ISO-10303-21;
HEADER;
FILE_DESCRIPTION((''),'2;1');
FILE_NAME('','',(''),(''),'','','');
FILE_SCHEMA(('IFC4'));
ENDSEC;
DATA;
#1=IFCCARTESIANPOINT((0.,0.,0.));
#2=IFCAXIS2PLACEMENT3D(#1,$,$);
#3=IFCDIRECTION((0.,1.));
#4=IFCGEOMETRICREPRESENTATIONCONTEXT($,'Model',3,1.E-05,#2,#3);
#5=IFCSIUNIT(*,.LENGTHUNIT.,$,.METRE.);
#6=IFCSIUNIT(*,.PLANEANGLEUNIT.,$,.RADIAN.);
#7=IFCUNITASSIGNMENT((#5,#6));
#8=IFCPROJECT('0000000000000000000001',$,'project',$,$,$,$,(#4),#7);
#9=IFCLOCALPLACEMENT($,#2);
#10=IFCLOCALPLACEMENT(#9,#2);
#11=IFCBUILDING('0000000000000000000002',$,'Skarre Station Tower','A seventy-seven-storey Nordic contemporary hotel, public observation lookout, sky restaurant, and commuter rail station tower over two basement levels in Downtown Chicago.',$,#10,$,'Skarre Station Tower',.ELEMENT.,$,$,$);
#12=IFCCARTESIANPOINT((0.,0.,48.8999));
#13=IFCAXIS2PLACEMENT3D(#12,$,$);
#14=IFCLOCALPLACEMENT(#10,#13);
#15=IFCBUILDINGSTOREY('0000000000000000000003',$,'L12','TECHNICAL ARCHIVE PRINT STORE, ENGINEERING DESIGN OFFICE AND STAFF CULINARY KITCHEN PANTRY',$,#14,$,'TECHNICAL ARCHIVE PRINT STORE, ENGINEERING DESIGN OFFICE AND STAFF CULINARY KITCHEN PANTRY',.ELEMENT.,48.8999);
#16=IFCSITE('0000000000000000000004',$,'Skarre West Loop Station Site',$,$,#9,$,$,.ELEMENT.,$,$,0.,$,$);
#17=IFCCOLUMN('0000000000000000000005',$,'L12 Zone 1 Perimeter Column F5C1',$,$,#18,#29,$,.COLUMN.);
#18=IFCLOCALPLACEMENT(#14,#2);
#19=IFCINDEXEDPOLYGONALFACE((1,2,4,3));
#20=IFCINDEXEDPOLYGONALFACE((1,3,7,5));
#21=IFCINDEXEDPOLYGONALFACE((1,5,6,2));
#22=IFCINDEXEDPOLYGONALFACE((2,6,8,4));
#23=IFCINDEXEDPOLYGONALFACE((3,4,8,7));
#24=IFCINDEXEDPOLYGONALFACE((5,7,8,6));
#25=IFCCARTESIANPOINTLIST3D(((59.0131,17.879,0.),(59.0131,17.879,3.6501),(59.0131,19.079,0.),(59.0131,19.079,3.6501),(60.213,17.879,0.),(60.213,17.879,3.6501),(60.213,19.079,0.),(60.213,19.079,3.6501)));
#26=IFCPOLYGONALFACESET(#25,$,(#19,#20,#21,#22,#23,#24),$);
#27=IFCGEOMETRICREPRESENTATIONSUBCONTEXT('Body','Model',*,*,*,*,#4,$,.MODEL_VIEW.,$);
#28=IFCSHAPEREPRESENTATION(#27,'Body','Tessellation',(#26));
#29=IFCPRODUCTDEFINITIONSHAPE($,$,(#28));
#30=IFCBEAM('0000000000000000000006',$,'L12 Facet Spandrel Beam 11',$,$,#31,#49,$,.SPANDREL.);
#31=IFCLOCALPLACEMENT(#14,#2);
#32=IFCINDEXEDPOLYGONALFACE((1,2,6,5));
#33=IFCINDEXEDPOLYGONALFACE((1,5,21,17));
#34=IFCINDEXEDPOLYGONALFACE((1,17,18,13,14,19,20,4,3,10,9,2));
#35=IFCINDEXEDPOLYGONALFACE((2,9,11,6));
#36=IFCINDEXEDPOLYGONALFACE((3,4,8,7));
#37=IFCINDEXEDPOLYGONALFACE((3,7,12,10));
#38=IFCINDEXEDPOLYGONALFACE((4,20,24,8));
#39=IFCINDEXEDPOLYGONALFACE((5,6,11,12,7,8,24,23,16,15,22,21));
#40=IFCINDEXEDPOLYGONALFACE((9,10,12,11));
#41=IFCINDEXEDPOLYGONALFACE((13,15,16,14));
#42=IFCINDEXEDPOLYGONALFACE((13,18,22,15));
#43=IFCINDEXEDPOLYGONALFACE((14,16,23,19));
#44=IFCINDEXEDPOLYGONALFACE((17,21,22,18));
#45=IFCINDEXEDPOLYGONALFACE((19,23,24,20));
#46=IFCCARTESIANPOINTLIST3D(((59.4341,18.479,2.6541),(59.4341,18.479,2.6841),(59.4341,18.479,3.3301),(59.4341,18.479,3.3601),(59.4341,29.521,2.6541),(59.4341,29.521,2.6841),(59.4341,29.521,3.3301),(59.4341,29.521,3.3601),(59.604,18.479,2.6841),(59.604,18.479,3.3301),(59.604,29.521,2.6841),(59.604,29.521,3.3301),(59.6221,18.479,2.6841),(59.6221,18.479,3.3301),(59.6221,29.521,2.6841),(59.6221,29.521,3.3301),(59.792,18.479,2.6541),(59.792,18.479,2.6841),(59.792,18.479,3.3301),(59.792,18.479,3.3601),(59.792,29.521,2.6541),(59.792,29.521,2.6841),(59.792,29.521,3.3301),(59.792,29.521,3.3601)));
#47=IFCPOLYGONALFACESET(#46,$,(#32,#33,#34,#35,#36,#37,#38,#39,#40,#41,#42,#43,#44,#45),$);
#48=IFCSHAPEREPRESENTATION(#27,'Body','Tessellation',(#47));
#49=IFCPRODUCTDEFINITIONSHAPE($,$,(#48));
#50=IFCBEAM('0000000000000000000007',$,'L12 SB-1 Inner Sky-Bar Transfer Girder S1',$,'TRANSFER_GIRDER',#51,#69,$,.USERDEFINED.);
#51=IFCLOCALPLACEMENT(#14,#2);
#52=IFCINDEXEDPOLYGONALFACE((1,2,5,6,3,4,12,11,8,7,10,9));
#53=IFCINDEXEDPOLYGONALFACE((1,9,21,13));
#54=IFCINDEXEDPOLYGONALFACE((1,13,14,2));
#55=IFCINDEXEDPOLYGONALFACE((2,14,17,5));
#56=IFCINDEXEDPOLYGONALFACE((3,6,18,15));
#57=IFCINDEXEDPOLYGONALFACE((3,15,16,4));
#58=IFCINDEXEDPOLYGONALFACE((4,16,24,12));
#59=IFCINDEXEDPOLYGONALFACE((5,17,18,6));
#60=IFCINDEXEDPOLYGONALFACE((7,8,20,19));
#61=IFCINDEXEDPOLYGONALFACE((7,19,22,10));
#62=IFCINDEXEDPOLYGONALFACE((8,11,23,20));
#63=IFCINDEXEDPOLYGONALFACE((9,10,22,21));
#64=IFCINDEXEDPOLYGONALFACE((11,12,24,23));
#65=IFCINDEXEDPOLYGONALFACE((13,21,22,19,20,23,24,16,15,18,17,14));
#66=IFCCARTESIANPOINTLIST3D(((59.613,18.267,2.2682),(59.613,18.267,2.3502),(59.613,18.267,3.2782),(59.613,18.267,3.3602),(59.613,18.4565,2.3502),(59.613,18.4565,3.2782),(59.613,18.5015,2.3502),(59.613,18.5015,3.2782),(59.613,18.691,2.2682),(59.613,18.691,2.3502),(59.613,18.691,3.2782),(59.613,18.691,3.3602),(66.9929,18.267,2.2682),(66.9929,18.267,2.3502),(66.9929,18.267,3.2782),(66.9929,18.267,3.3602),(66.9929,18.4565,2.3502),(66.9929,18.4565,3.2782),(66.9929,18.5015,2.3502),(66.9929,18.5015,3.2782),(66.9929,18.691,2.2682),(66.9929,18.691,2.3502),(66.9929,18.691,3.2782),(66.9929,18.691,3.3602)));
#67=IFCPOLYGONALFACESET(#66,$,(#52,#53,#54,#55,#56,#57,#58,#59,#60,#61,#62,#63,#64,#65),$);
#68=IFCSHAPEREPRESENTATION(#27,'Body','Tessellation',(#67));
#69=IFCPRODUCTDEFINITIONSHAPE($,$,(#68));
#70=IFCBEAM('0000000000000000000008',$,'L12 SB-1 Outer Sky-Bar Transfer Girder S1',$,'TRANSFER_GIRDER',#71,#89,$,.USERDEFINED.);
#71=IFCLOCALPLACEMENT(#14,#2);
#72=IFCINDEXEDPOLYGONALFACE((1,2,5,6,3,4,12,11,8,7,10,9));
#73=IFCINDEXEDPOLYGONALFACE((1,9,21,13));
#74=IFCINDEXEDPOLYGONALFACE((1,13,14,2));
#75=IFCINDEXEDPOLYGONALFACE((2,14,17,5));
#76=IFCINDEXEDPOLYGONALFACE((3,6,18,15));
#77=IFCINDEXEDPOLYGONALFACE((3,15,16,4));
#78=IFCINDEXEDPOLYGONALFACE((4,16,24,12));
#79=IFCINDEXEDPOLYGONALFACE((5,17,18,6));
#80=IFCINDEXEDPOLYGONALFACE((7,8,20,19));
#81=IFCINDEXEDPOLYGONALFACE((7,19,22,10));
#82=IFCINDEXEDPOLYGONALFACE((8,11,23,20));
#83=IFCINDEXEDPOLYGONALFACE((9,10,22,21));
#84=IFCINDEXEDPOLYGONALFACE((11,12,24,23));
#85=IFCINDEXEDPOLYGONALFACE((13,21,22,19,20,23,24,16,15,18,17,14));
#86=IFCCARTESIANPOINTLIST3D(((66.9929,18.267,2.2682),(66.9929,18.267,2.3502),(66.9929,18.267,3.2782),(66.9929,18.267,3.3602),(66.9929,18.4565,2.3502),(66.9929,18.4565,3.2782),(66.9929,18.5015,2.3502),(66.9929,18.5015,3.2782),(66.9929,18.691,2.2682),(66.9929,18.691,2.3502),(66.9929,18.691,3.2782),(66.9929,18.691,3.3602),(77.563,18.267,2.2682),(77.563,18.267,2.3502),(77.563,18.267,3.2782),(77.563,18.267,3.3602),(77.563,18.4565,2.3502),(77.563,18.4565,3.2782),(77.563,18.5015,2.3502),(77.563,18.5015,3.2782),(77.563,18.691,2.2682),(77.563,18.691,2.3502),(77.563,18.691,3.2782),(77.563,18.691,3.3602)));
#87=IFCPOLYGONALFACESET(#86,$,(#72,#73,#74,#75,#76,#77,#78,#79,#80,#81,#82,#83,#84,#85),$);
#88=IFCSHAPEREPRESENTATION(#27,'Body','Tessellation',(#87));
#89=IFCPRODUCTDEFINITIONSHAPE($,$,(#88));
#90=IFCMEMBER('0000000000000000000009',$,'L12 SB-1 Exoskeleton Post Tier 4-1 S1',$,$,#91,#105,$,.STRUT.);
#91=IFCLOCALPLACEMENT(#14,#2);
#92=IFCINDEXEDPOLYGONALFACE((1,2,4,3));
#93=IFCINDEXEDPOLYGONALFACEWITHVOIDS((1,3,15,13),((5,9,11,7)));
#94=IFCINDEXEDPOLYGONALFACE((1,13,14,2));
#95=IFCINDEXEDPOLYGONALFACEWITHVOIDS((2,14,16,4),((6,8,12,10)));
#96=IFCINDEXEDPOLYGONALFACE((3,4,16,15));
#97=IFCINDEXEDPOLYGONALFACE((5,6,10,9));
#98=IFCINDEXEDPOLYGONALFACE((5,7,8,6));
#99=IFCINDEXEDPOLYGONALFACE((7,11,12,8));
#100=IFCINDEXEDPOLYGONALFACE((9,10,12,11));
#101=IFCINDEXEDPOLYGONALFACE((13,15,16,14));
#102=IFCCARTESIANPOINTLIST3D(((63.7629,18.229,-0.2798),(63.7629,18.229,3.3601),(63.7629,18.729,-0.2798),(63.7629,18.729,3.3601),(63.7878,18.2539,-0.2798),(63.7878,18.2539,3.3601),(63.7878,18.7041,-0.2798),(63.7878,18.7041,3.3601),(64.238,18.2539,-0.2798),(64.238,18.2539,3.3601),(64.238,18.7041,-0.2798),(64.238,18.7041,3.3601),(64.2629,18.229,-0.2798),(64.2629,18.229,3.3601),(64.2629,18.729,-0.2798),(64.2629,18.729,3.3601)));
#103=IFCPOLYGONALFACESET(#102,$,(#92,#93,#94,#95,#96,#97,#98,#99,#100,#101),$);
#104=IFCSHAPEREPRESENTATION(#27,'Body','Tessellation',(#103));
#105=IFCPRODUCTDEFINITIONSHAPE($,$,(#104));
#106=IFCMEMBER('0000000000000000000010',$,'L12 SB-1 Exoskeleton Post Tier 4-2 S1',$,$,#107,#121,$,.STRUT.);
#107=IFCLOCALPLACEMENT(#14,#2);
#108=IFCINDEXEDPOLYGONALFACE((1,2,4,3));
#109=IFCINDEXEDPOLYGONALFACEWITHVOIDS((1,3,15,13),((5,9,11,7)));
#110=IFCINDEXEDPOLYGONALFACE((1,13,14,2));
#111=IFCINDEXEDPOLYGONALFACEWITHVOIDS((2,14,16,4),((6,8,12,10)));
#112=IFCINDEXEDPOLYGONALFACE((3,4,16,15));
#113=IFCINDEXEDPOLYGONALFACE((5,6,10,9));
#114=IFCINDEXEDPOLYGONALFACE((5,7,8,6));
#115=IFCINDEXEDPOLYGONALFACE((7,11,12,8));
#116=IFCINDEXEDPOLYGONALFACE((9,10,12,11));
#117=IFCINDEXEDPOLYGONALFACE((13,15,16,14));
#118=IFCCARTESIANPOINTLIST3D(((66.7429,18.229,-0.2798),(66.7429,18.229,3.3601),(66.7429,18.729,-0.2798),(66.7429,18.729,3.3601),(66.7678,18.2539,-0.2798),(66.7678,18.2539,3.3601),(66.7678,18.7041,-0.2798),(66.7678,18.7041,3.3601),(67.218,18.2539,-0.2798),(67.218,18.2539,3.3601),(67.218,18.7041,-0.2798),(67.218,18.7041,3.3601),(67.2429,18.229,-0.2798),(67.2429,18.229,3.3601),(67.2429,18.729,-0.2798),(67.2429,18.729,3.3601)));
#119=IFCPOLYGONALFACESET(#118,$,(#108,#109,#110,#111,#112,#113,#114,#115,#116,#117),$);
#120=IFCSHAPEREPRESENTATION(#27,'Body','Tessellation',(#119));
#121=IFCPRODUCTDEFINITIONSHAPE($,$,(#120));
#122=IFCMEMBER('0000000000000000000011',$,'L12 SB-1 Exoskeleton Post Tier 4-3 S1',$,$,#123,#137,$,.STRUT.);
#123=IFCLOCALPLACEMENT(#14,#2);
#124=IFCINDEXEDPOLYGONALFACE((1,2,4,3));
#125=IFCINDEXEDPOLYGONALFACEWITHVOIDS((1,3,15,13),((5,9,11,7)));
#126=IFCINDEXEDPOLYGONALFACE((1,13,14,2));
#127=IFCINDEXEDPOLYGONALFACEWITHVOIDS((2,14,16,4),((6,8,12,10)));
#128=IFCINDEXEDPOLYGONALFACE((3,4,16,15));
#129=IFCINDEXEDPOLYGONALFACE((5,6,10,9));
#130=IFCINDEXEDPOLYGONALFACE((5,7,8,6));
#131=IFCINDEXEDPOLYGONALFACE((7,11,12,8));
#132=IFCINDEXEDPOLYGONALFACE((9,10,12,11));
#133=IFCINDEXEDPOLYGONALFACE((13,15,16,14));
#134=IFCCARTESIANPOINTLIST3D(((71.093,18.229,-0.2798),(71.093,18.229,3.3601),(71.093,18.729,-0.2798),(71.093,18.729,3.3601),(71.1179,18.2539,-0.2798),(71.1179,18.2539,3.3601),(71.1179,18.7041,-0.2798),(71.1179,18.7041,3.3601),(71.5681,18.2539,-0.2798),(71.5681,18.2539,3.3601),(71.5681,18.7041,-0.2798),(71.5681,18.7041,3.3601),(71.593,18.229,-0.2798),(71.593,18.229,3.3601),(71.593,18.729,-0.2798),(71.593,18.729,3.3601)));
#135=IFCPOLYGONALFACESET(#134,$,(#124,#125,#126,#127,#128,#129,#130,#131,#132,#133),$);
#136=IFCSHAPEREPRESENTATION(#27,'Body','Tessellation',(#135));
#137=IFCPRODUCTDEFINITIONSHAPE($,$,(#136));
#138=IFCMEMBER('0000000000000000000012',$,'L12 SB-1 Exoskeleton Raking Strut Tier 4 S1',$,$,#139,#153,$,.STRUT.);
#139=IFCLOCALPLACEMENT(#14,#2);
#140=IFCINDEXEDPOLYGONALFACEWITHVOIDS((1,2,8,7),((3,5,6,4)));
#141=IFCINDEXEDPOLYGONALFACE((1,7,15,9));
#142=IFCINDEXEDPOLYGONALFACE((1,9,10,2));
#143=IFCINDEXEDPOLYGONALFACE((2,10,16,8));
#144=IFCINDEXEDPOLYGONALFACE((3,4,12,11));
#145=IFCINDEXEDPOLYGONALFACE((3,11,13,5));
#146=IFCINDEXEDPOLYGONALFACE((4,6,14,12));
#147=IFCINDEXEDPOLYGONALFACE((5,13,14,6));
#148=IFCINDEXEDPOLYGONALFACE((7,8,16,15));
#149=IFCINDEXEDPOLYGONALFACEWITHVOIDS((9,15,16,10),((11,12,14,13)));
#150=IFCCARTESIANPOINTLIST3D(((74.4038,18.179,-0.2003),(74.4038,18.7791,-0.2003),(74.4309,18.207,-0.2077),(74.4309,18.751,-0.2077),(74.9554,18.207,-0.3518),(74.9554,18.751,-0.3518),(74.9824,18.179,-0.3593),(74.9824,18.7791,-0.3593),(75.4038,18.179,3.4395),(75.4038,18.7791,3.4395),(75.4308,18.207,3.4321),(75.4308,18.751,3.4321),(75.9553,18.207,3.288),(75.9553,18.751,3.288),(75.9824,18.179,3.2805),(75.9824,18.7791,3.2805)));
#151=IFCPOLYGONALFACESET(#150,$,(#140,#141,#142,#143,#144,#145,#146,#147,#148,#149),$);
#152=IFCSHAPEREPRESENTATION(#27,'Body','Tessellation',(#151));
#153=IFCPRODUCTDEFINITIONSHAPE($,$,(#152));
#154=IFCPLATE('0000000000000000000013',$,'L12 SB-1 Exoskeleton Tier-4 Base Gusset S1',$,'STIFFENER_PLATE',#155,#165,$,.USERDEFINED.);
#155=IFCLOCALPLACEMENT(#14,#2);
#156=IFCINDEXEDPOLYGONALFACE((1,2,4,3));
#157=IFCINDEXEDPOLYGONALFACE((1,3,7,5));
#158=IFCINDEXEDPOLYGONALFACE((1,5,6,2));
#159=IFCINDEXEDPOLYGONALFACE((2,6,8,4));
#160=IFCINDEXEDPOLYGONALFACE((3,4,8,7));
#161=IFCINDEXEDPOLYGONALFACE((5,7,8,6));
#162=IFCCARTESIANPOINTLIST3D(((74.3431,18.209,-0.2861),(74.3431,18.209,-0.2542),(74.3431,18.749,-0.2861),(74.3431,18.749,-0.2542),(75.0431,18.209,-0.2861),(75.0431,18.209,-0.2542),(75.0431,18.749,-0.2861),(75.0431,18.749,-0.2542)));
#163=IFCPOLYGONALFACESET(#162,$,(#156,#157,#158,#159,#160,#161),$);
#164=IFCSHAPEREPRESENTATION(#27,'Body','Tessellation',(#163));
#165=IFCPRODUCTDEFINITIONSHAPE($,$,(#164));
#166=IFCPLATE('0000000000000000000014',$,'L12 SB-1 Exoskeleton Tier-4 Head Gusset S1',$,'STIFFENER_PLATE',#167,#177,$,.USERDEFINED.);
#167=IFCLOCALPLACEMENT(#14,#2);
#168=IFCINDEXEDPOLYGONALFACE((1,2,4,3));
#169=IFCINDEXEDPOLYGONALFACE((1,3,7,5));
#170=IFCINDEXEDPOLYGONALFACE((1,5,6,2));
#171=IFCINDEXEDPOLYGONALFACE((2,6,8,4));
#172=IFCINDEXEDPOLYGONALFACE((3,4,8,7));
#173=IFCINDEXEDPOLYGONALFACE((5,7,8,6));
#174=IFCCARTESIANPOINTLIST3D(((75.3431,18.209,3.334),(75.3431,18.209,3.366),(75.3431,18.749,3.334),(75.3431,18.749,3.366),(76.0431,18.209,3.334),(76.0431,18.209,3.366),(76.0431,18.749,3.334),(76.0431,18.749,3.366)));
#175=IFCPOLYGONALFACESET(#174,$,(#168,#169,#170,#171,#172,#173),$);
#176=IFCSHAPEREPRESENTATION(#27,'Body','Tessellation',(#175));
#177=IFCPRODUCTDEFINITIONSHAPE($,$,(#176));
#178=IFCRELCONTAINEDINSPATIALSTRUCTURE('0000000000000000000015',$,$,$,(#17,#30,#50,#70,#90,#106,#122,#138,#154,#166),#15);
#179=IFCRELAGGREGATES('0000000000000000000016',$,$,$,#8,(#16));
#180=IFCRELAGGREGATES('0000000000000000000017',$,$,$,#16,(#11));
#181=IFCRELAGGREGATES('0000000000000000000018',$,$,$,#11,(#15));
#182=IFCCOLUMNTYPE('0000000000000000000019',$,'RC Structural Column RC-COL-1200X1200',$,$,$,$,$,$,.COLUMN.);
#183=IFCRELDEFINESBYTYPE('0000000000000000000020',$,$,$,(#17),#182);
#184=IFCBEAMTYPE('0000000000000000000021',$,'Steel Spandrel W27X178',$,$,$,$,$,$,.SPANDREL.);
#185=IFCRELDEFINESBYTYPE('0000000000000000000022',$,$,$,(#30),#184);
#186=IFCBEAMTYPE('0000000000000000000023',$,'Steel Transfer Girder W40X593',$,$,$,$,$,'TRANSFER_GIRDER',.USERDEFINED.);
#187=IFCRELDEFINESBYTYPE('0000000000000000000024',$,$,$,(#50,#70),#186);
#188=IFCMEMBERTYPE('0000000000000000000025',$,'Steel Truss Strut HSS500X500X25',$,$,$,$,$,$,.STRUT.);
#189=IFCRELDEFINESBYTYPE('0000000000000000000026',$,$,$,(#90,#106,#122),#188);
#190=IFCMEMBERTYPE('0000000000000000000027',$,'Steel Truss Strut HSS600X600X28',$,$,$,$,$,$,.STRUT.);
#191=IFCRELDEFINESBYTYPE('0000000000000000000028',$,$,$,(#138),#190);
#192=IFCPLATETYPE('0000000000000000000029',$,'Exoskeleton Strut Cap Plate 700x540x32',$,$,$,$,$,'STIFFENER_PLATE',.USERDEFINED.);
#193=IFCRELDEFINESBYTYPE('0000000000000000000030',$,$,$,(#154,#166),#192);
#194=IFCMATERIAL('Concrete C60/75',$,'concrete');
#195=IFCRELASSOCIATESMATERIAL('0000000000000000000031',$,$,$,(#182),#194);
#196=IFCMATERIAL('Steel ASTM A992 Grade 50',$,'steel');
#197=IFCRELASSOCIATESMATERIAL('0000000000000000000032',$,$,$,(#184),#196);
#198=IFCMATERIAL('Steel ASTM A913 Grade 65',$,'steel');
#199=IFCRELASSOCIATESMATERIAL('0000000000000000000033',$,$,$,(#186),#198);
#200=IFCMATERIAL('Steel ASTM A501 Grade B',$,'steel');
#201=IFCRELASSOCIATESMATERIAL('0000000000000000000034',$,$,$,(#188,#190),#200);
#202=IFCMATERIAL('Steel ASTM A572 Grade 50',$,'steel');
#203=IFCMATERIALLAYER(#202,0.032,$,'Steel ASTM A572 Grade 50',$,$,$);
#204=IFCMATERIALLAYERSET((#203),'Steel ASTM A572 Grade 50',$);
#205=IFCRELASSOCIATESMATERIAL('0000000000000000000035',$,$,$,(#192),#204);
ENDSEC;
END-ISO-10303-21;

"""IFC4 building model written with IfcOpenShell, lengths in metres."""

from ifc_helpers import new_model, si_unit, direction, frame, origin, origin_2d, place, context, subcontext, project, spatial, rectangle, hollow_rectangle, i_section, extrude, material, layer, layer_set, material_profile, profile_set, type_object, element, save


model = new_model("IFC4")

# Units and contexts
model_context = context("Model", 3, precision=1e-05, world=origin(), true_north=direction((0.0, 1.0)))
body_context = subcontext(model_context, "Body", "Model", "MODEL_VIEW")
ifc_project = project(units=[si_unit("LENGTHUNIT", "METRE"), si_unit("PLANEANGLEUNIT", "RADIAN")], contexts=[model_context])

# Site, building, storey
site_placement = place(None, origin())
site = spatial("IfcSite", under=ifc_project, at=site_placement, Name="Skarre West Loop Station Site", CompositionType="ELEMENT", RefElevation=0.0)
building_placement = place(site_placement, origin())
building = spatial("IfcBuilding", under=site, at=building_placement, Name="Skarre Station Tower", Description="A seventy-seven-storey Nordic contemporary hotel, public observation lookout, sky restaurant, and commuter rail station tower over two basement levels in Downtown Chicago.", LongName="Skarre Station Tower", CompositionType="ELEMENT")
storey_placement = place(building_placement, frame((0.0, 0.0, 48.8999)))
storey = spatial("IfcBuildingStorey", under=building, at=storey_placement, Name="L12", Description="TECHNICAL ARCHIVE PRINT STORE, ENGINEERING DESIGN OFFICE AND STAFF CULINARY KITCHEN PANTRY", LongName="TECHNICAL ARCHIVE PRINT STORE, ENGINEERING DESIGN OFFICE AND STAFF CULINARY KITCHEN PANTRY", CompositionType="ELEMENT", Elevation=48.8999)

# Column
ifc_material_1 = material(Name="Concrete C60/75", Category="concrete")
ifc_material_profile_1 = material_profile(ifc_material_1, rectangle(XDim=1.2, YDim=1.2, at=origin_2d()), Name="Concrete C60/75")
ifc_profile_set_1 = profile_set([ifc_material_profile_1], Name="Concrete C60/75")
column_type = type_object("IfcColumnType", Name="RC Structural Column RC-COL-1200X1200", PredefinedType="COLUMN", material=ifc_profile_set_1)
column_placement = place(storey_placement, frame((59.613, 18.479, 0.0), z_axis=(0.0, 0.0, 1.0), x_axis=(1.0, 0.0, 0.0)))
element("IfcColumn", 1, at=column_placement, inside=storey, type_object=column_type, Name="L12 Zone 1 Perimeter Column F5C1", PredefinedType="COLUMN", context=body_context, shape_type="SweptSolid", body=[
    extrude(rectangle(XDim=1.2, YDim=1.2, at=origin_2d()), origin(), (0.0, 0.0, 1.0), 3.6501),
])

# Beams
ifc_material_2 = material(Name="Steel ASTM A992 Grade 50", Category="steel")
ifc_material_profile_2 = material_profile(ifc_material_2, i_section(OverallWidth=0.3579, OverallDepth=0.7061, WebThickness=0.0181, FlangeThickness=0.03, at=origin_2d()), Name="Steel ASTM A992 Grade 50")
ifc_profile_set_2 = profile_set([ifc_material_profile_2], Name="Steel ASTM A992 Grade 50")
beam_type_1 = type_object("IfcBeamType", Name="Steel Spandrel W27X178", PredefinedType="SPANDREL", material=ifc_profile_set_2)
beam_1_placement = place(storey_placement, frame((59.613, 18.479, 3.0071), z_axis=(0.0, 1.0, 0.0), x_axis=(-1.0, 0.0, 0.0)))
element("IfcBeam", 2, at=beam_1_placement, inside=storey, type_object=beam_type_1, Name="L12 Facet Spandrel Beam 11", PredefinedType="SPANDREL", context=body_context, shape_type="SweptSolid", body=[
    extrude(i_section(OverallWidth=0.3579, OverallDepth=0.7061, WebThickness=0.0181, FlangeThickness=0.03, at=origin_2d()), origin(), (0.0, 0.0, 1.0), 11.042),
])
ifc_material_3 = material(Name="Steel ASTM A913 Grade 65", Category="steel")
ifc_material_profile_3 = material_profile(ifc_material_3, i_section(OverallWidth=0.4241, OverallDepth=1.092, WebThickness=0.0449, FlangeThickness=0.082, at=origin_2d()), Name="Steel ASTM A913 Grade 65")
ifc_profile_set_3 = profile_set([ifc_material_profile_3], Name="Steel ASTM A913 Grade 65")
beam_type_2 = type_object("IfcBeamType", Name="Steel Transfer Girder W40X593", ElementType="TRANSFER_GIRDER", PredefinedType="USERDEFINED", material=ifc_profile_set_3)
beam_2_placement = place(storey_placement, frame((59.613, 18.479, 2.8142), z_axis=(1.0, 0.0, 0.0), x_axis=(0.0, 1.0, 0.0)))
element("IfcBeam", 3, at=beam_2_placement, inside=storey, type_object=beam_type_2, Name="L12 SB-1 Inner Sky-Bar Transfer Girder S1", ObjectType="TRANSFER_GIRDER", PredefinedType="USERDEFINED", context=body_context, shape_type="SweptSolid", body=[
    extrude(i_section(OverallWidth=0.4241, OverallDepth=1.092, WebThickness=0.0449, FlangeThickness=0.082, at=origin_2d()), origin(), (0.0, 0.0, 1.0), 7.3799),
])
beam_3_placement = place(storey_placement, frame((66.9929, 18.479, 2.8142), z_axis=(1.0, 0.0, 0.0), x_axis=(0.0, 1.0, 0.0)))
element("IfcBeam", 4, at=beam_3_placement, inside=storey, type_object=beam_type_2, Name="L12 SB-1 Outer Sky-Bar Transfer Girder S1", ObjectType="TRANSFER_GIRDER", PredefinedType="USERDEFINED", context=body_context, shape_type="SweptSolid", body=[
    extrude(i_section(OverallWidth=0.4241, OverallDepth=1.092, WebThickness=0.0449, FlangeThickness=0.082, at=origin_2d()), origin(), (0.0, 0.0, 1.0), 10.5701),
])

# Members
ifc_material_4 = material(Name="Steel ASTM A501 Grade B", Category="steel")
ifc_material_profile_4 = material_profile(ifc_material_4, hollow_rectangle(XDim=0.5, YDim=0.5, WallThickness=0.0249, at=origin_2d()), Name="Steel ASTM A501 Grade B")
ifc_profile_set_4 = profile_set([ifc_material_profile_4], Name="Steel ASTM A501 Grade B")
member_type_1 = type_object("IfcMemberType", Name="Steel Truss Strut HSS500X500X25", PredefinedType="STRUT", material=ifc_profile_set_4)
for number, where, z_axis, x_axis, name in (
    (5, (64.0129, 18.479, -0.2798), (0.0, 0.0, 1.0), (1.0, 0.0, 0.0), "L12 SB-1 Exoskeleton Post Tier 4-1 S1"),
    (6, (66.9929, 18.479, -0.2798), (0.0, 0.0, 1.0), (1.0, 0.0, 0.0), "L12 SB-1 Exoskeleton Post Tier 4-2 S1"),
    (7, (71.343, 18.479, -0.2798), (0.0, 0.0, 1.0), (1.0, 0.0, 0.0), "L12 SB-1 Exoskeleton Post Tier 4-3 S1"),
):
    element("IfcMember", number, at=place(storey_placement, frame(where, z_axis=z_axis, x_axis=x_axis)), inside=storey, type_object=member_type_1, Name=name, PredefinedType="STRUT", context=body_context, shape_type="SweptSolid", body=[
        extrude(hollow_rectangle(XDim=0.5, YDim=0.5, WallThickness=0.0249, at=origin_2d()), origin(), (0.0, 0.0, 1.0), 3.6399),
    ])
ifc_material_profile_5 = material_profile(ifc_material_4, hollow_rectangle(XDim=0.6001, YDim=0.6001, WallThickness=0.0281, at=origin_2d()), Name="Steel ASTM A501 Grade B")
ifc_profile_set_5 = profile_set([ifc_material_profile_5], Name="Steel ASTM A501 Grade B")
member_type_2 = type_object("IfcMemberType", Name="Steel Truss Strut HSS600X600X28", PredefinedType="STRUT", material=ifc_profile_set_5)
member_placement = place(storey_placement, frame((74.6931, 18.479, -0.2798), z_axis=(0.264917, 0.0, 0.964271), x_axis=(0.0, 1.0, 0.0)))
element("IfcMember", 8, at=member_placement, inside=storey, type_object=member_type_2, Name="L12 SB-1 Exoskeleton Raking Strut Tier 4 S1", PredefinedType="STRUT", context=body_context, shape_type="SweptSolid", body=[
    extrude(hollow_rectangle(XDim=0.6001, YDim=0.6001, WallThickness=0.0281, at=origin_2d()), origin(), (0.0, 0.0, 1.0), 3.7747),
])

# Plates
ifc_material_5 = material(Name="Steel ASTM A572 Grade 50", Category="steel")
ifc_layer_1 = layer(ifc_material_5, 0.032, Name="Steel ASTM A572 Grade 50")
ifc_layer_set_1 = layer_set([ifc_layer_1], Name="Steel ASTM A572 Grade 50")
plate_type = type_object("IfcPlateType", Name="Exoskeleton Strut Cap Plate 700x540x32", ElementType="STIFFENER_PLATE", PredefinedType="USERDEFINED", material=ifc_layer_set_1)
for number, where, z_axis, x_axis, name in (
    (9, (74.6931, 18.479, -0.2861), (0.0, 0.0, 1.0), (1.0, 0.0, 0.0), "L12 SB-1 Exoskeleton Tier-4 Base Gusset S1"),
    (10, (75.6931, 18.479, 3.334), (0.0, 0.0, 1.0), (1.0, 0.0, 0.0), "L12 SB-1 Exoskeleton Tier-4 Head Gusset S1"),
):
    element("IfcPlate", number, at=place(storey_placement, frame(where, z_axis=z_axis, x_axis=x_axis)), inside=storey, type_object=plate_type, Name=name, ObjectType="STIFFENER_PLATE", PredefinedType="USERDEFINED", context=body_context, shape_type="SweptSolid", body=[
        extrude(rectangle(XDim=0.7, YDim=0.54, at=origin_2d()), origin(), (0.0, 0.0, 1.0), 0.032),
    ])

save(model, "model.ifc")
